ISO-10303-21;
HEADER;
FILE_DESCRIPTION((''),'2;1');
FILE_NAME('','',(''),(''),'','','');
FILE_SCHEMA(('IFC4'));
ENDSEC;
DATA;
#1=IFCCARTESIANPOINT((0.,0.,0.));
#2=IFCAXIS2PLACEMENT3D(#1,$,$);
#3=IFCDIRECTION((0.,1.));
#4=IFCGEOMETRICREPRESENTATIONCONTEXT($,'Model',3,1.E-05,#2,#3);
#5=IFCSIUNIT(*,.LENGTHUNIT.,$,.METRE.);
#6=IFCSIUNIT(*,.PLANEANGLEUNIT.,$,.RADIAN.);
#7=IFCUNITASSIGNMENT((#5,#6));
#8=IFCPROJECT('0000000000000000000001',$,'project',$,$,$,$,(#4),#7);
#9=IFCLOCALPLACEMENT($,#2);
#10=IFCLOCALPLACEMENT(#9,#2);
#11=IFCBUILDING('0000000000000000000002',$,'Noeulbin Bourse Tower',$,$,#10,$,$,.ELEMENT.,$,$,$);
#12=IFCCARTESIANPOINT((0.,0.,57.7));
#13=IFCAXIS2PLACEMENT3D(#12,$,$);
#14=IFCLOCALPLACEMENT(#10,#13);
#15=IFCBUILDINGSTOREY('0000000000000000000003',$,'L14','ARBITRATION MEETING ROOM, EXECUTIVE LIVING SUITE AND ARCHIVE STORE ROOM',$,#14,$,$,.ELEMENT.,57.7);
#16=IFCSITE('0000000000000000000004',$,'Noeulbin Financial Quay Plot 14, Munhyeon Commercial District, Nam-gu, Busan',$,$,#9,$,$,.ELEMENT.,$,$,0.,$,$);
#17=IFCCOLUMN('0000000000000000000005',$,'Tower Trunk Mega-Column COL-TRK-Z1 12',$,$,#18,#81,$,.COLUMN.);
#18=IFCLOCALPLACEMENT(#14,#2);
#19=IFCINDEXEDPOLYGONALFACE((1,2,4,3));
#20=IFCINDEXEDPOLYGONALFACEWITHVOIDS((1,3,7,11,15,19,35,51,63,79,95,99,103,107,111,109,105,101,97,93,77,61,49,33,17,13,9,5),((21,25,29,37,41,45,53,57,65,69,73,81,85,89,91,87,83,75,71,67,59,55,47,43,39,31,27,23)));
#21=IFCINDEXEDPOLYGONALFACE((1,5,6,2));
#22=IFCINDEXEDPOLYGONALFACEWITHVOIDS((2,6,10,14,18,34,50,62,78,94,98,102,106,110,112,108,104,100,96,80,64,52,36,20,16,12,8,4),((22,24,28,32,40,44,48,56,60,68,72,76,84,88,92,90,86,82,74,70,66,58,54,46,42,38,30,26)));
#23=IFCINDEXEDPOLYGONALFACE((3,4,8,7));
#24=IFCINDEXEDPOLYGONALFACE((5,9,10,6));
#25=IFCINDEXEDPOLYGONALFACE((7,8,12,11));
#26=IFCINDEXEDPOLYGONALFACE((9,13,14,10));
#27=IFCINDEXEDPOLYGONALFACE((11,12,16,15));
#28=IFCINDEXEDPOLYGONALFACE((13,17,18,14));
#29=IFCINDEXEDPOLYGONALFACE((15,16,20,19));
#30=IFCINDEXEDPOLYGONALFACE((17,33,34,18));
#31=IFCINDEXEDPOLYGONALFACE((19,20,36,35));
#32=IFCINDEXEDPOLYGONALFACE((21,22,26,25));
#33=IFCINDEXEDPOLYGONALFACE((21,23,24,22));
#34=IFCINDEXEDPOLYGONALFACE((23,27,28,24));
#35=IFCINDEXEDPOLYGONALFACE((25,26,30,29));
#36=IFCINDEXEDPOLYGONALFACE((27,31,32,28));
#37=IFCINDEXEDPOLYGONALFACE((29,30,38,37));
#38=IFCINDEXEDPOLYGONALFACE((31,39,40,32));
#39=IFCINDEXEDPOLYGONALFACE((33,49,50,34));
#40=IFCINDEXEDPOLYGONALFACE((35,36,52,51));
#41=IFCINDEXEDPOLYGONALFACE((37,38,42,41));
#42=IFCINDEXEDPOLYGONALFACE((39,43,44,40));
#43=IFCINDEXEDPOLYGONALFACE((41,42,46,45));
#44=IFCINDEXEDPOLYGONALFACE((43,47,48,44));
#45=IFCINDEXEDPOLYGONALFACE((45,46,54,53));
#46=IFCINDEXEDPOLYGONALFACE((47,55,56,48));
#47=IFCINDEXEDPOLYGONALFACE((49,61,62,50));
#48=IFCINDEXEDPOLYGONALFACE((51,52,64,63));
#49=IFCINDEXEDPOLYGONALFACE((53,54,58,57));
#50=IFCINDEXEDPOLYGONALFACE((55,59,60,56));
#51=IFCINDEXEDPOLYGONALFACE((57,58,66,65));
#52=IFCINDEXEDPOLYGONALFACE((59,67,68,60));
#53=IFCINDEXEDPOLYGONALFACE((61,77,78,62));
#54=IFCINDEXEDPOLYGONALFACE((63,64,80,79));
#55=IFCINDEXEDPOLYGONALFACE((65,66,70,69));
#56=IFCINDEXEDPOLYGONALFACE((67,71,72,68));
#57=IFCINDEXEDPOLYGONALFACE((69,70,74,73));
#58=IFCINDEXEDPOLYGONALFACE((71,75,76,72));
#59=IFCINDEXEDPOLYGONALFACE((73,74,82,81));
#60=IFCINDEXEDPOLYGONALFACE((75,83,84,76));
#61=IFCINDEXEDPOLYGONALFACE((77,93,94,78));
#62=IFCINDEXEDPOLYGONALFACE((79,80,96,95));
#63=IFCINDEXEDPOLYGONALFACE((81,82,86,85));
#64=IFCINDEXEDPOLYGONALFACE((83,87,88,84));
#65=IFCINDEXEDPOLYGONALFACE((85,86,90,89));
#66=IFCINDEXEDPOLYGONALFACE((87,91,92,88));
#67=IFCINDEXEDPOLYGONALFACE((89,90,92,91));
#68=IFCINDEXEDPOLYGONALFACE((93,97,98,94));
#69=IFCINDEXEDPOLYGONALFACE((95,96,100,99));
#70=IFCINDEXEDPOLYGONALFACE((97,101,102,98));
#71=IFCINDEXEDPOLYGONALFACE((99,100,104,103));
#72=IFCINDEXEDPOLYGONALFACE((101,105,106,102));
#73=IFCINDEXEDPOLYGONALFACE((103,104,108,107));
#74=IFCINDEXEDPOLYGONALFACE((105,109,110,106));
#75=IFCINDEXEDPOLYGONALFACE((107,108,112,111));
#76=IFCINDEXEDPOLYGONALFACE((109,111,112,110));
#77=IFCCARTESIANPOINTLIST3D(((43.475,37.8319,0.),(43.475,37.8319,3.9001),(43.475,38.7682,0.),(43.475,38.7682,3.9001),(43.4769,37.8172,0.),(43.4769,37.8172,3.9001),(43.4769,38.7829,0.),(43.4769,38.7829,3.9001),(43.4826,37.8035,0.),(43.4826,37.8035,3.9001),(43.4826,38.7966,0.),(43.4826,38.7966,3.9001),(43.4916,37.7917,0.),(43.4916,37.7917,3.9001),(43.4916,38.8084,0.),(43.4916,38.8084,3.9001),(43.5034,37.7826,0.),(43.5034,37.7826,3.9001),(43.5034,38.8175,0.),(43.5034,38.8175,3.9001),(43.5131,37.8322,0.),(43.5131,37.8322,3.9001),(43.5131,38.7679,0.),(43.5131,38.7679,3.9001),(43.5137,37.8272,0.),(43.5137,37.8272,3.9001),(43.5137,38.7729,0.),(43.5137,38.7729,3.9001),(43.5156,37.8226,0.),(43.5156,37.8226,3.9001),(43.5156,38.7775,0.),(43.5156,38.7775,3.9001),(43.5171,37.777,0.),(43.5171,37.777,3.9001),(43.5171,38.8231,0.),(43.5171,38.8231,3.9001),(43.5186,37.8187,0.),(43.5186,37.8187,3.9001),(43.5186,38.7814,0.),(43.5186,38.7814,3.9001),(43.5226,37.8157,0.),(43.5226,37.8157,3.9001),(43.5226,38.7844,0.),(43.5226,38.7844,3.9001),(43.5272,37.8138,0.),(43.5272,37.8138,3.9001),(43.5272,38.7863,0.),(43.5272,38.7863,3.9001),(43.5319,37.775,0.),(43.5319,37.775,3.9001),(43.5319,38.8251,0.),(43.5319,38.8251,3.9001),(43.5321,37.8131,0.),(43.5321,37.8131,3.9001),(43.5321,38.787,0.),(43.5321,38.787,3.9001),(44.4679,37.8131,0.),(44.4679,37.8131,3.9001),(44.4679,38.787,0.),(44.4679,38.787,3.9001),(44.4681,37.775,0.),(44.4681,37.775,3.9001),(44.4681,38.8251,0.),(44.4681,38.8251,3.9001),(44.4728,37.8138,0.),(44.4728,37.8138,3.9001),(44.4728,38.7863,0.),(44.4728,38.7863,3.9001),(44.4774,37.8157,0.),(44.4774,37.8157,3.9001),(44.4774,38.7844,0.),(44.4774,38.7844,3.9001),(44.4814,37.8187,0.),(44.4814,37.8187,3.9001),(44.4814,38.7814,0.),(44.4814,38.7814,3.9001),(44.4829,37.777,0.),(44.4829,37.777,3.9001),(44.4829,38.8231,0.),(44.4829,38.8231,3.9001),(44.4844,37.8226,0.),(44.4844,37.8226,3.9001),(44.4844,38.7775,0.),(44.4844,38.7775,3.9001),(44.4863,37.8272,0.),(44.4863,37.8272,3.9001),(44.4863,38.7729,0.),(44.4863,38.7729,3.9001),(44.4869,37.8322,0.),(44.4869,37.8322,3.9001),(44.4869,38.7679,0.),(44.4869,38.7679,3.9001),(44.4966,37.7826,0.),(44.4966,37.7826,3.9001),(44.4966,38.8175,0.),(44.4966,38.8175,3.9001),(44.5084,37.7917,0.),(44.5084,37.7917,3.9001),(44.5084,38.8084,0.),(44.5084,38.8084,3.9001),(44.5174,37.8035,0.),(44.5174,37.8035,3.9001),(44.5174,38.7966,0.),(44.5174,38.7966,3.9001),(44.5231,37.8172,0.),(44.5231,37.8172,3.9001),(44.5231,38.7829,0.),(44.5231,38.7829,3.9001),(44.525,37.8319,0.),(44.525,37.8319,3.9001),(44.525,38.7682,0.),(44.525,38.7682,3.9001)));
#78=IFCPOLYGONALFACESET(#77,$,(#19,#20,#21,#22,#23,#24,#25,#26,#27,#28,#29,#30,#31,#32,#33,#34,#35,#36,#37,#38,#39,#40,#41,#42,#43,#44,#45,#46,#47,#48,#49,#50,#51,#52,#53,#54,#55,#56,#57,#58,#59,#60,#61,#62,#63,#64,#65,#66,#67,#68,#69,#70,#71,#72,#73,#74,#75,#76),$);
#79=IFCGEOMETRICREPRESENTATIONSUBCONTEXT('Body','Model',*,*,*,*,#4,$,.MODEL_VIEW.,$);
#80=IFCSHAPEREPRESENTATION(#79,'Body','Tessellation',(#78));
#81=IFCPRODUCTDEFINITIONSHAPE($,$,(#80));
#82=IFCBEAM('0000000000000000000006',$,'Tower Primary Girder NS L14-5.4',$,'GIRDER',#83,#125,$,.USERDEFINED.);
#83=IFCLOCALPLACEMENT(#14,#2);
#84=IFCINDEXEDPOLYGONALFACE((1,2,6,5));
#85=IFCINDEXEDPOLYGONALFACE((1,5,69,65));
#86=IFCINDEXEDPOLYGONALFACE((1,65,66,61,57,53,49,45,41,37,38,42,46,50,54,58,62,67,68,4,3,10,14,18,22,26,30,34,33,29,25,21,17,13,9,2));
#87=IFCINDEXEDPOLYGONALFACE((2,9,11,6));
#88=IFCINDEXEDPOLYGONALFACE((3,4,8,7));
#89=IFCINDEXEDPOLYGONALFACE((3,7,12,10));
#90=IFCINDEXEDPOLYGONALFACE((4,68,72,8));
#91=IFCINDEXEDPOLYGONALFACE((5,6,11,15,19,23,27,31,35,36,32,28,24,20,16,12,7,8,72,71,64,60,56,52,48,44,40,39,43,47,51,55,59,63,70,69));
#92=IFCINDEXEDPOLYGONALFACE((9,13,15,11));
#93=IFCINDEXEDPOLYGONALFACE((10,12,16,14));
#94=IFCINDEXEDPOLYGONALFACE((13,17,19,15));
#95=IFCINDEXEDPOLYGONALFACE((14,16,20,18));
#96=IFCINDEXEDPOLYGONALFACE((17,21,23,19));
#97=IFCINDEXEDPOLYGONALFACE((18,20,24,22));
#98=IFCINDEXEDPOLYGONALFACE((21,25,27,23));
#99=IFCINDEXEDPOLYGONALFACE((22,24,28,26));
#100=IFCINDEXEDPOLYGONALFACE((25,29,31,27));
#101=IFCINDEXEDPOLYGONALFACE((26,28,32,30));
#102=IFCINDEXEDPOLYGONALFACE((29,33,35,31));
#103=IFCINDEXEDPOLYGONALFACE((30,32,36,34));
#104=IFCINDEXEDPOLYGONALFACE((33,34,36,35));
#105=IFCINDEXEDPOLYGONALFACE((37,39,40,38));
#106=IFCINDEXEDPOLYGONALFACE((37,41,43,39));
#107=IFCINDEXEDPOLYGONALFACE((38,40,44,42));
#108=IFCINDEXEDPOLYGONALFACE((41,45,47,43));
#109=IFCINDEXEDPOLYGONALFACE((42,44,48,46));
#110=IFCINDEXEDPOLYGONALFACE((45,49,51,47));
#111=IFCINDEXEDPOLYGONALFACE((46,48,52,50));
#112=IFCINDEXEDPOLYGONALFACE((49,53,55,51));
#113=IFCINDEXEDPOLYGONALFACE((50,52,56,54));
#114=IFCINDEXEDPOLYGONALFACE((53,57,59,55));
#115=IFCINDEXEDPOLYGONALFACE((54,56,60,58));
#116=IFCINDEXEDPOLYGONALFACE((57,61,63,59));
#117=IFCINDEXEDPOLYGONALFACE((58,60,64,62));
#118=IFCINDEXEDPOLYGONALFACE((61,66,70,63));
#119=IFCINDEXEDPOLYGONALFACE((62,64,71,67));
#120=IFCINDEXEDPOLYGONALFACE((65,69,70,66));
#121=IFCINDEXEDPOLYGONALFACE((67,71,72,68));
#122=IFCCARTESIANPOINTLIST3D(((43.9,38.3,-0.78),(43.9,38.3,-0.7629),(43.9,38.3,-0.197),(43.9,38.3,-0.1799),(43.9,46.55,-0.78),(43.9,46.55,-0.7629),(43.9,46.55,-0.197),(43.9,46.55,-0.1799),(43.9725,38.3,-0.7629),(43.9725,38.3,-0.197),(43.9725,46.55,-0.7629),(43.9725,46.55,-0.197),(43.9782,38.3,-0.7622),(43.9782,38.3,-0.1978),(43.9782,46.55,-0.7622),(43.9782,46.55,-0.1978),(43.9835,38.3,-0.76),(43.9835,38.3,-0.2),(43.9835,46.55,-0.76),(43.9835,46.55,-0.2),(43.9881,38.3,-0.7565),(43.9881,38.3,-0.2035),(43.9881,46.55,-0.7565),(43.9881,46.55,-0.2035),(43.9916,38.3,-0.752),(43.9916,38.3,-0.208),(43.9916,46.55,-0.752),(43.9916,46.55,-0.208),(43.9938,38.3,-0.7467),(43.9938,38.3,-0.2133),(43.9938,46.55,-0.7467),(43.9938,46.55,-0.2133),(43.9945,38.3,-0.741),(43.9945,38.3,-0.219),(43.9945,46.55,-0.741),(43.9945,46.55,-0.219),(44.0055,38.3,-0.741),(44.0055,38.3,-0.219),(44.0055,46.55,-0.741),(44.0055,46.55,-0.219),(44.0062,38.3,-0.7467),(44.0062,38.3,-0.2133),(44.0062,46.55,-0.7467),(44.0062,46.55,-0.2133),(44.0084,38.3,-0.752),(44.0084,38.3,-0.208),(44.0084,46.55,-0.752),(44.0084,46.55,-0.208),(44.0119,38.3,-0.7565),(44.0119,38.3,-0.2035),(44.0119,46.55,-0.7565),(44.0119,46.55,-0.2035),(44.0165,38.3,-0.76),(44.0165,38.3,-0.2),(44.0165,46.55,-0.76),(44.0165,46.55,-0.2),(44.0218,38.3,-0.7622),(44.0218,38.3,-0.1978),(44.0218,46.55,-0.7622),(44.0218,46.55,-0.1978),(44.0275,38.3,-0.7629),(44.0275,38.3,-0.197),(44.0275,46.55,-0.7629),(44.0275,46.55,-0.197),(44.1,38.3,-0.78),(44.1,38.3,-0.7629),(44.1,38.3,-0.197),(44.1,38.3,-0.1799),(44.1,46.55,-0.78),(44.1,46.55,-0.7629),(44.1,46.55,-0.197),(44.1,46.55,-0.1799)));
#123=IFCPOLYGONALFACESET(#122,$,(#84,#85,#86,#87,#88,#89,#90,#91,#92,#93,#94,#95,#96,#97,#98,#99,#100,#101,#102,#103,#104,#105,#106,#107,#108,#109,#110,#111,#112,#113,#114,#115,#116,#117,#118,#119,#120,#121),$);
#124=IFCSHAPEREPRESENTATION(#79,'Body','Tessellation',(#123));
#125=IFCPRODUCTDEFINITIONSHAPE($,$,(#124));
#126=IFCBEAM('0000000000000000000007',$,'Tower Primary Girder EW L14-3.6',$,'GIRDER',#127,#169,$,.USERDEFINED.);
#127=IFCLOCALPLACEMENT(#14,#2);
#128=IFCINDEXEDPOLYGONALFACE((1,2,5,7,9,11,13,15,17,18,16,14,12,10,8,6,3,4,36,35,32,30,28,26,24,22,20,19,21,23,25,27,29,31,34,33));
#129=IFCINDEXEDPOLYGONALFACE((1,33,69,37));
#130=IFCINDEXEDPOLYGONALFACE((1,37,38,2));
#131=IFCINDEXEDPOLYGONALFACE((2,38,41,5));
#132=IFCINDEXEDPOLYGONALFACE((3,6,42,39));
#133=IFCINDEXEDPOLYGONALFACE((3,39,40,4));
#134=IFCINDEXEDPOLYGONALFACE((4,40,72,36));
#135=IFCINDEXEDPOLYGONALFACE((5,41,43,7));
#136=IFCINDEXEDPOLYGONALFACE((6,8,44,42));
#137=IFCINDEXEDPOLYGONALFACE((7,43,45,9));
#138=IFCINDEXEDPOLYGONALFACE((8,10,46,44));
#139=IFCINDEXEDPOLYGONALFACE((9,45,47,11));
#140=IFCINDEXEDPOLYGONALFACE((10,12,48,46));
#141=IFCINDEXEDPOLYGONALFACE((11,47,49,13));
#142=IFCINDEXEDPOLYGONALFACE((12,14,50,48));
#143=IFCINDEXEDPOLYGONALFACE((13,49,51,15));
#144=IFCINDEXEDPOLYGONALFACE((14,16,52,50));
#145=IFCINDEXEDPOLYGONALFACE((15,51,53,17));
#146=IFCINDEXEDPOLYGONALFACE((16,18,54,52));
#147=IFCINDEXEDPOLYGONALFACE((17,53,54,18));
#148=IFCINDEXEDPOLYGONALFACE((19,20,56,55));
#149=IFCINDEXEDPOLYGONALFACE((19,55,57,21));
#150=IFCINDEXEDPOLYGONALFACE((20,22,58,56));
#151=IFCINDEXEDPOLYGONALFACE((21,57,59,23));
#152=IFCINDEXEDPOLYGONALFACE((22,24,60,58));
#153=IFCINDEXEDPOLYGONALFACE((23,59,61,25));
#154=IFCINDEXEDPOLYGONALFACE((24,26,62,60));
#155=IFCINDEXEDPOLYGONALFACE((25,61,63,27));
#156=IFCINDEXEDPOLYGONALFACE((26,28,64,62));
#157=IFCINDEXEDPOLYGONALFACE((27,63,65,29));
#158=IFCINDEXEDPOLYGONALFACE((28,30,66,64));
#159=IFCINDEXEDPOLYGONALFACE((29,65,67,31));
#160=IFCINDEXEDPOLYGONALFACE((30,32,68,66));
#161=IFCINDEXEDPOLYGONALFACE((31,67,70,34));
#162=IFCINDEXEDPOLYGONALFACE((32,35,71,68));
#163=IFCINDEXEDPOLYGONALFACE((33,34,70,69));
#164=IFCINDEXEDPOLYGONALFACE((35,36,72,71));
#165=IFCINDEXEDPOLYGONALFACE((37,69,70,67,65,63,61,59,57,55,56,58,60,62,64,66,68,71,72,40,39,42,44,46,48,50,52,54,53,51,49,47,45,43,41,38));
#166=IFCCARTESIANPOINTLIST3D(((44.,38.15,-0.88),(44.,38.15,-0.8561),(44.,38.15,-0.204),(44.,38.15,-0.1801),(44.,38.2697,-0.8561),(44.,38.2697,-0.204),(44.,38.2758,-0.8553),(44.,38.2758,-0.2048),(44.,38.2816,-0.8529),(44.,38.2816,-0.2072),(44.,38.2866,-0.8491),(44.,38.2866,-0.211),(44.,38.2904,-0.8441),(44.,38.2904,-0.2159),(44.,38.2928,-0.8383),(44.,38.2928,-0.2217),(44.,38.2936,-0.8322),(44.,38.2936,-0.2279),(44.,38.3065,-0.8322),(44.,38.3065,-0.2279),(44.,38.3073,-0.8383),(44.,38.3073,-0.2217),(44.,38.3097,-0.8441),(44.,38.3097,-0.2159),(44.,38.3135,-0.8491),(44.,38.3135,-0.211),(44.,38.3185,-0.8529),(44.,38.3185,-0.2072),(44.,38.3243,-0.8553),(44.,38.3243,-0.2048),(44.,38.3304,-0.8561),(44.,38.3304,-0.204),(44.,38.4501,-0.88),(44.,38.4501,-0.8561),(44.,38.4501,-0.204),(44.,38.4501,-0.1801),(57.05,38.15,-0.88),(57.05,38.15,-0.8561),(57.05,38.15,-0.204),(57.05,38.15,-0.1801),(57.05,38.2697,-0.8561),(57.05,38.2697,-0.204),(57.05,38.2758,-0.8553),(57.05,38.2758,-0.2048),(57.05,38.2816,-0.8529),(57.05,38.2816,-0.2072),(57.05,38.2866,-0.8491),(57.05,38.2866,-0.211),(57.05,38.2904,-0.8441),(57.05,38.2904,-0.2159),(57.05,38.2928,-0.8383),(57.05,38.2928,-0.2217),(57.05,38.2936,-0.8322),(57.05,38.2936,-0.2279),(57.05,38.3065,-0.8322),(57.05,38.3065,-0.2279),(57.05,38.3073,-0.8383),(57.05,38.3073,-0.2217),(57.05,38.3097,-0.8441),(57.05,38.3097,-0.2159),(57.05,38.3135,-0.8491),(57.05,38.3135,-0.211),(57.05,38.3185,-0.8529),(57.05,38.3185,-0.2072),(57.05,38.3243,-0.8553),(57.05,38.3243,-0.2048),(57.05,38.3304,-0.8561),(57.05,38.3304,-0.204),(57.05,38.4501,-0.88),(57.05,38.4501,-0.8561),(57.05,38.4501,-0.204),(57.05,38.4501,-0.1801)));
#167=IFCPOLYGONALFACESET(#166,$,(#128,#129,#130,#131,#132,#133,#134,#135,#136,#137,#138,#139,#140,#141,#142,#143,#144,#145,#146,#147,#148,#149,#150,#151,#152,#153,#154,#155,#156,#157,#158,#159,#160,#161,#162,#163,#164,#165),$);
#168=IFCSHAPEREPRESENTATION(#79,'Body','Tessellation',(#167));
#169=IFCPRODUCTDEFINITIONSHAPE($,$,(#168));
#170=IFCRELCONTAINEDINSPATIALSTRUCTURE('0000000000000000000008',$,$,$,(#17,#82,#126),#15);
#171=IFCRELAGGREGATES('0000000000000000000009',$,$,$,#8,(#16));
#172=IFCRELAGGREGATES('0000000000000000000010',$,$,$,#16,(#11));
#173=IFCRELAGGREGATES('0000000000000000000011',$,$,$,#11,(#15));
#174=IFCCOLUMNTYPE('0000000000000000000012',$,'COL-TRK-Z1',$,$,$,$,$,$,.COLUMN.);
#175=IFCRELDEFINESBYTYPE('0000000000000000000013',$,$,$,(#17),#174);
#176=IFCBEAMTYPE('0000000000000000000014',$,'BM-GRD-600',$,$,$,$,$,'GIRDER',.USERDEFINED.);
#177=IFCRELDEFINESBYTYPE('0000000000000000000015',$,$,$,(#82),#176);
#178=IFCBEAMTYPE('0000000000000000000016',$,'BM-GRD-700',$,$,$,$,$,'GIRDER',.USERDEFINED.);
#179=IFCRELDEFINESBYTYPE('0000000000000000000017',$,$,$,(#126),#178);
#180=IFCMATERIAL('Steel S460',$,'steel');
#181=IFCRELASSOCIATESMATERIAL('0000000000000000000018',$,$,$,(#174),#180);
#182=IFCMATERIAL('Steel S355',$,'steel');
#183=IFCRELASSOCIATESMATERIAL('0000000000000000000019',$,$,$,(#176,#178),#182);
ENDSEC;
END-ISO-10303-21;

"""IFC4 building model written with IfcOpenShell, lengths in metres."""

from ifc_helpers import new_model, si_unit, direction, frame, origin, origin_2d, place, context, subcontext, project, spatial, hollow_rectangle, i_section, extrude, material, material_profile, profile_set, type_object, element, save


model = new_model("IFC4")

# Units and contexts
model_context = context("Model", 3, precision=1e-05, world=origin(), true_north=direction((0.0, 1.0)))
body_context = subcontext(model_context, "Body", "Model", "MODEL_VIEW")
ifc_project = project(units=[si_unit("LENGTHUNIT", "METRE"), si_unit("PLANEANGLEUNIT", "RADIAN")], contexts=[model_context])

# Site, building, storey
site_placement = place(None, origin())
site = spatial("IfcSite", under=ifc_project, at=site_placement, Name="Noeulbin Financial Quay Plot 14, Munhyeon Commercial District, Nam-gu, Busan", CompositionType="ELEMENT", RefElevation=0.0)
building_placement = place(site_placement, origin())
building = spatial("IfcBuilding", under=site, at=building_placement, Name="Noeulbin Bourse Tower", CompositionType="ELEMENT")
storey_placement = place(building_placement, frame((0.0, 0.0, 57.7)))
storey = spatial("IfcBuildingStorey", under=building, at=storey_placement, Name="L14", Description="ARBITRATION MEETING ROOM, EXECUTIVE LIVING SUITE AND ARCHIVE STORE ROOM", CompositionType="ELEMENT", Elevation=57.7)

# Column
ifc_material_1 = material(Name="Steel S460", Category="steel")
ifc_material_profile_1 = material_profile(ifc_material_1, hollow_rectangle(XDim=1.05, YDim=1.05, WallThickness=0.0381, InnerFilletRadius=0.019, OuterFilletRadius=0.0569, at=origin_2d()), Name="BOX-1050x1050x38", Category="LoadBearing")
ifc_profile_set_1 = profile_set([ifc_material_profile_1], Name="Steel S460")
column_type_1 = type_object("IfcColumnType", Name="COL-TRK-Z1", PredefinedType="COLUMN", material=ifc_profile_set_1)
column_placement = place(storey_placement, frame((44.0, 38.3, 0.0), z_axis=(0.0, 0.0, 1.0), x_axis=(1.0, 0.0, 0.0)))
element("IfcColumn", 1, at=column_placement, inside=storey, type_object=column_type_1, Name="Tower Trunk Mega-Column COL-TRK-Z1 12", PredefinedType="COLUMN", context=body_context, shape_type="SweptSolid", body=[
    extrude(hollow_rectangle(XDim=1.05, YDim=1.05, WallThickness=0.0381, InnerFilletRadius=0.019, OuterFilletRadius=0.0569, at=origin_2d()), origin(), (0.0, 0.0, 1.0), 3.9001),
])

# Beams
ifc_material_2 = material(Name="Steel S355", Category="steel")
ifc_material_profile_2 = material_profile(ifc_material_2, i_section(OverallWidth=0.2, OverallDepth=0.6001, WebThickness=0.011, FlangeThickness=0.0171, FilletRadius=0.022, at=origin_2d()), Name="H-600x200x11x17", Category="LoadBearing")
ifc_profile_set_2 = profile_set([ifc_material_profile_2], Name="Steel S355")
beam_type_1 = type_object("IfcBeamType", Name="BM-GRD-600", ElementType="GIRDER", PredefinedType="USERDEFINED", material=ifc_profile_set_2)
beam_1_placement = place(storey_placement, frame((44.0, 38.3, -0.48), z_axis=(0.0, 1.0, 0.0), x_axis=(-1.0, 0.0, 0.0)))
element("IfcBeam", 2, at=beam_1_placement, inside=storey, type_object=beam_type_1, Name="Tower Primary Girder NS L14-5.4", ObjectType="GIRDER", PredefinedType="USERDEFINED", context=body_context, shape_type="SweptSolid", body=[
    extrude(i_section(OverallWidth=0.2, OverallDepth=0.6001, WebThickness=0.011, FlangeThickness=0.0171, FilletRadius=0.022, at=origin_2d()), origin(), (0.0, 0.0, 1.0), 8.25),
])
ifc_material_profile_3 = material_profile(ifc_material_2, i_section(OverallWidth=0.3, OverallDepth=0.7, WebThickness=0.0129, FlangeThickness=0.0239, FilletRadius=0.0239, at=origin_2d()), Name="H-700x300x13x24", Category="LoadBearing")
ifc_profile_set_3 = profile_set([ifc_material_profile_3], Name="Steel S355")
beam_type_2 = type_object("IfcBeamType", Name="BM-GRD-700", ElementType="GIRDER", PredefinedType="USERDEFINED", material=ifc_profile_set_3)
beam_2_placement = place(storey_placement, frame((44.0, 38.3, -0.53), z_axis=(1.0, 0.0, 0.0), x_axis=(0.0, 1.0, 0.0)))
element("IfcBeam", 3, at=beam_2_placement, inside=storey, type_object=beam_type_2, Name="Tower Primary Girder EW L14-3.6", ObjectType="GIRDER", PredefinedType="USERDEFINED", context=body_context, shape_type="SweptSolid", body=[
    extrude(i_section(OverallWidth=0.3, OverallDepth=0.7, WebThickness=0.0129, FlangeThickness=0.0239, FilletRadius=0.0239, at=origin_2d()), origin(), (0.0, 0.0, 1.0), 13.05),
])

save(model, "model.ifc")
